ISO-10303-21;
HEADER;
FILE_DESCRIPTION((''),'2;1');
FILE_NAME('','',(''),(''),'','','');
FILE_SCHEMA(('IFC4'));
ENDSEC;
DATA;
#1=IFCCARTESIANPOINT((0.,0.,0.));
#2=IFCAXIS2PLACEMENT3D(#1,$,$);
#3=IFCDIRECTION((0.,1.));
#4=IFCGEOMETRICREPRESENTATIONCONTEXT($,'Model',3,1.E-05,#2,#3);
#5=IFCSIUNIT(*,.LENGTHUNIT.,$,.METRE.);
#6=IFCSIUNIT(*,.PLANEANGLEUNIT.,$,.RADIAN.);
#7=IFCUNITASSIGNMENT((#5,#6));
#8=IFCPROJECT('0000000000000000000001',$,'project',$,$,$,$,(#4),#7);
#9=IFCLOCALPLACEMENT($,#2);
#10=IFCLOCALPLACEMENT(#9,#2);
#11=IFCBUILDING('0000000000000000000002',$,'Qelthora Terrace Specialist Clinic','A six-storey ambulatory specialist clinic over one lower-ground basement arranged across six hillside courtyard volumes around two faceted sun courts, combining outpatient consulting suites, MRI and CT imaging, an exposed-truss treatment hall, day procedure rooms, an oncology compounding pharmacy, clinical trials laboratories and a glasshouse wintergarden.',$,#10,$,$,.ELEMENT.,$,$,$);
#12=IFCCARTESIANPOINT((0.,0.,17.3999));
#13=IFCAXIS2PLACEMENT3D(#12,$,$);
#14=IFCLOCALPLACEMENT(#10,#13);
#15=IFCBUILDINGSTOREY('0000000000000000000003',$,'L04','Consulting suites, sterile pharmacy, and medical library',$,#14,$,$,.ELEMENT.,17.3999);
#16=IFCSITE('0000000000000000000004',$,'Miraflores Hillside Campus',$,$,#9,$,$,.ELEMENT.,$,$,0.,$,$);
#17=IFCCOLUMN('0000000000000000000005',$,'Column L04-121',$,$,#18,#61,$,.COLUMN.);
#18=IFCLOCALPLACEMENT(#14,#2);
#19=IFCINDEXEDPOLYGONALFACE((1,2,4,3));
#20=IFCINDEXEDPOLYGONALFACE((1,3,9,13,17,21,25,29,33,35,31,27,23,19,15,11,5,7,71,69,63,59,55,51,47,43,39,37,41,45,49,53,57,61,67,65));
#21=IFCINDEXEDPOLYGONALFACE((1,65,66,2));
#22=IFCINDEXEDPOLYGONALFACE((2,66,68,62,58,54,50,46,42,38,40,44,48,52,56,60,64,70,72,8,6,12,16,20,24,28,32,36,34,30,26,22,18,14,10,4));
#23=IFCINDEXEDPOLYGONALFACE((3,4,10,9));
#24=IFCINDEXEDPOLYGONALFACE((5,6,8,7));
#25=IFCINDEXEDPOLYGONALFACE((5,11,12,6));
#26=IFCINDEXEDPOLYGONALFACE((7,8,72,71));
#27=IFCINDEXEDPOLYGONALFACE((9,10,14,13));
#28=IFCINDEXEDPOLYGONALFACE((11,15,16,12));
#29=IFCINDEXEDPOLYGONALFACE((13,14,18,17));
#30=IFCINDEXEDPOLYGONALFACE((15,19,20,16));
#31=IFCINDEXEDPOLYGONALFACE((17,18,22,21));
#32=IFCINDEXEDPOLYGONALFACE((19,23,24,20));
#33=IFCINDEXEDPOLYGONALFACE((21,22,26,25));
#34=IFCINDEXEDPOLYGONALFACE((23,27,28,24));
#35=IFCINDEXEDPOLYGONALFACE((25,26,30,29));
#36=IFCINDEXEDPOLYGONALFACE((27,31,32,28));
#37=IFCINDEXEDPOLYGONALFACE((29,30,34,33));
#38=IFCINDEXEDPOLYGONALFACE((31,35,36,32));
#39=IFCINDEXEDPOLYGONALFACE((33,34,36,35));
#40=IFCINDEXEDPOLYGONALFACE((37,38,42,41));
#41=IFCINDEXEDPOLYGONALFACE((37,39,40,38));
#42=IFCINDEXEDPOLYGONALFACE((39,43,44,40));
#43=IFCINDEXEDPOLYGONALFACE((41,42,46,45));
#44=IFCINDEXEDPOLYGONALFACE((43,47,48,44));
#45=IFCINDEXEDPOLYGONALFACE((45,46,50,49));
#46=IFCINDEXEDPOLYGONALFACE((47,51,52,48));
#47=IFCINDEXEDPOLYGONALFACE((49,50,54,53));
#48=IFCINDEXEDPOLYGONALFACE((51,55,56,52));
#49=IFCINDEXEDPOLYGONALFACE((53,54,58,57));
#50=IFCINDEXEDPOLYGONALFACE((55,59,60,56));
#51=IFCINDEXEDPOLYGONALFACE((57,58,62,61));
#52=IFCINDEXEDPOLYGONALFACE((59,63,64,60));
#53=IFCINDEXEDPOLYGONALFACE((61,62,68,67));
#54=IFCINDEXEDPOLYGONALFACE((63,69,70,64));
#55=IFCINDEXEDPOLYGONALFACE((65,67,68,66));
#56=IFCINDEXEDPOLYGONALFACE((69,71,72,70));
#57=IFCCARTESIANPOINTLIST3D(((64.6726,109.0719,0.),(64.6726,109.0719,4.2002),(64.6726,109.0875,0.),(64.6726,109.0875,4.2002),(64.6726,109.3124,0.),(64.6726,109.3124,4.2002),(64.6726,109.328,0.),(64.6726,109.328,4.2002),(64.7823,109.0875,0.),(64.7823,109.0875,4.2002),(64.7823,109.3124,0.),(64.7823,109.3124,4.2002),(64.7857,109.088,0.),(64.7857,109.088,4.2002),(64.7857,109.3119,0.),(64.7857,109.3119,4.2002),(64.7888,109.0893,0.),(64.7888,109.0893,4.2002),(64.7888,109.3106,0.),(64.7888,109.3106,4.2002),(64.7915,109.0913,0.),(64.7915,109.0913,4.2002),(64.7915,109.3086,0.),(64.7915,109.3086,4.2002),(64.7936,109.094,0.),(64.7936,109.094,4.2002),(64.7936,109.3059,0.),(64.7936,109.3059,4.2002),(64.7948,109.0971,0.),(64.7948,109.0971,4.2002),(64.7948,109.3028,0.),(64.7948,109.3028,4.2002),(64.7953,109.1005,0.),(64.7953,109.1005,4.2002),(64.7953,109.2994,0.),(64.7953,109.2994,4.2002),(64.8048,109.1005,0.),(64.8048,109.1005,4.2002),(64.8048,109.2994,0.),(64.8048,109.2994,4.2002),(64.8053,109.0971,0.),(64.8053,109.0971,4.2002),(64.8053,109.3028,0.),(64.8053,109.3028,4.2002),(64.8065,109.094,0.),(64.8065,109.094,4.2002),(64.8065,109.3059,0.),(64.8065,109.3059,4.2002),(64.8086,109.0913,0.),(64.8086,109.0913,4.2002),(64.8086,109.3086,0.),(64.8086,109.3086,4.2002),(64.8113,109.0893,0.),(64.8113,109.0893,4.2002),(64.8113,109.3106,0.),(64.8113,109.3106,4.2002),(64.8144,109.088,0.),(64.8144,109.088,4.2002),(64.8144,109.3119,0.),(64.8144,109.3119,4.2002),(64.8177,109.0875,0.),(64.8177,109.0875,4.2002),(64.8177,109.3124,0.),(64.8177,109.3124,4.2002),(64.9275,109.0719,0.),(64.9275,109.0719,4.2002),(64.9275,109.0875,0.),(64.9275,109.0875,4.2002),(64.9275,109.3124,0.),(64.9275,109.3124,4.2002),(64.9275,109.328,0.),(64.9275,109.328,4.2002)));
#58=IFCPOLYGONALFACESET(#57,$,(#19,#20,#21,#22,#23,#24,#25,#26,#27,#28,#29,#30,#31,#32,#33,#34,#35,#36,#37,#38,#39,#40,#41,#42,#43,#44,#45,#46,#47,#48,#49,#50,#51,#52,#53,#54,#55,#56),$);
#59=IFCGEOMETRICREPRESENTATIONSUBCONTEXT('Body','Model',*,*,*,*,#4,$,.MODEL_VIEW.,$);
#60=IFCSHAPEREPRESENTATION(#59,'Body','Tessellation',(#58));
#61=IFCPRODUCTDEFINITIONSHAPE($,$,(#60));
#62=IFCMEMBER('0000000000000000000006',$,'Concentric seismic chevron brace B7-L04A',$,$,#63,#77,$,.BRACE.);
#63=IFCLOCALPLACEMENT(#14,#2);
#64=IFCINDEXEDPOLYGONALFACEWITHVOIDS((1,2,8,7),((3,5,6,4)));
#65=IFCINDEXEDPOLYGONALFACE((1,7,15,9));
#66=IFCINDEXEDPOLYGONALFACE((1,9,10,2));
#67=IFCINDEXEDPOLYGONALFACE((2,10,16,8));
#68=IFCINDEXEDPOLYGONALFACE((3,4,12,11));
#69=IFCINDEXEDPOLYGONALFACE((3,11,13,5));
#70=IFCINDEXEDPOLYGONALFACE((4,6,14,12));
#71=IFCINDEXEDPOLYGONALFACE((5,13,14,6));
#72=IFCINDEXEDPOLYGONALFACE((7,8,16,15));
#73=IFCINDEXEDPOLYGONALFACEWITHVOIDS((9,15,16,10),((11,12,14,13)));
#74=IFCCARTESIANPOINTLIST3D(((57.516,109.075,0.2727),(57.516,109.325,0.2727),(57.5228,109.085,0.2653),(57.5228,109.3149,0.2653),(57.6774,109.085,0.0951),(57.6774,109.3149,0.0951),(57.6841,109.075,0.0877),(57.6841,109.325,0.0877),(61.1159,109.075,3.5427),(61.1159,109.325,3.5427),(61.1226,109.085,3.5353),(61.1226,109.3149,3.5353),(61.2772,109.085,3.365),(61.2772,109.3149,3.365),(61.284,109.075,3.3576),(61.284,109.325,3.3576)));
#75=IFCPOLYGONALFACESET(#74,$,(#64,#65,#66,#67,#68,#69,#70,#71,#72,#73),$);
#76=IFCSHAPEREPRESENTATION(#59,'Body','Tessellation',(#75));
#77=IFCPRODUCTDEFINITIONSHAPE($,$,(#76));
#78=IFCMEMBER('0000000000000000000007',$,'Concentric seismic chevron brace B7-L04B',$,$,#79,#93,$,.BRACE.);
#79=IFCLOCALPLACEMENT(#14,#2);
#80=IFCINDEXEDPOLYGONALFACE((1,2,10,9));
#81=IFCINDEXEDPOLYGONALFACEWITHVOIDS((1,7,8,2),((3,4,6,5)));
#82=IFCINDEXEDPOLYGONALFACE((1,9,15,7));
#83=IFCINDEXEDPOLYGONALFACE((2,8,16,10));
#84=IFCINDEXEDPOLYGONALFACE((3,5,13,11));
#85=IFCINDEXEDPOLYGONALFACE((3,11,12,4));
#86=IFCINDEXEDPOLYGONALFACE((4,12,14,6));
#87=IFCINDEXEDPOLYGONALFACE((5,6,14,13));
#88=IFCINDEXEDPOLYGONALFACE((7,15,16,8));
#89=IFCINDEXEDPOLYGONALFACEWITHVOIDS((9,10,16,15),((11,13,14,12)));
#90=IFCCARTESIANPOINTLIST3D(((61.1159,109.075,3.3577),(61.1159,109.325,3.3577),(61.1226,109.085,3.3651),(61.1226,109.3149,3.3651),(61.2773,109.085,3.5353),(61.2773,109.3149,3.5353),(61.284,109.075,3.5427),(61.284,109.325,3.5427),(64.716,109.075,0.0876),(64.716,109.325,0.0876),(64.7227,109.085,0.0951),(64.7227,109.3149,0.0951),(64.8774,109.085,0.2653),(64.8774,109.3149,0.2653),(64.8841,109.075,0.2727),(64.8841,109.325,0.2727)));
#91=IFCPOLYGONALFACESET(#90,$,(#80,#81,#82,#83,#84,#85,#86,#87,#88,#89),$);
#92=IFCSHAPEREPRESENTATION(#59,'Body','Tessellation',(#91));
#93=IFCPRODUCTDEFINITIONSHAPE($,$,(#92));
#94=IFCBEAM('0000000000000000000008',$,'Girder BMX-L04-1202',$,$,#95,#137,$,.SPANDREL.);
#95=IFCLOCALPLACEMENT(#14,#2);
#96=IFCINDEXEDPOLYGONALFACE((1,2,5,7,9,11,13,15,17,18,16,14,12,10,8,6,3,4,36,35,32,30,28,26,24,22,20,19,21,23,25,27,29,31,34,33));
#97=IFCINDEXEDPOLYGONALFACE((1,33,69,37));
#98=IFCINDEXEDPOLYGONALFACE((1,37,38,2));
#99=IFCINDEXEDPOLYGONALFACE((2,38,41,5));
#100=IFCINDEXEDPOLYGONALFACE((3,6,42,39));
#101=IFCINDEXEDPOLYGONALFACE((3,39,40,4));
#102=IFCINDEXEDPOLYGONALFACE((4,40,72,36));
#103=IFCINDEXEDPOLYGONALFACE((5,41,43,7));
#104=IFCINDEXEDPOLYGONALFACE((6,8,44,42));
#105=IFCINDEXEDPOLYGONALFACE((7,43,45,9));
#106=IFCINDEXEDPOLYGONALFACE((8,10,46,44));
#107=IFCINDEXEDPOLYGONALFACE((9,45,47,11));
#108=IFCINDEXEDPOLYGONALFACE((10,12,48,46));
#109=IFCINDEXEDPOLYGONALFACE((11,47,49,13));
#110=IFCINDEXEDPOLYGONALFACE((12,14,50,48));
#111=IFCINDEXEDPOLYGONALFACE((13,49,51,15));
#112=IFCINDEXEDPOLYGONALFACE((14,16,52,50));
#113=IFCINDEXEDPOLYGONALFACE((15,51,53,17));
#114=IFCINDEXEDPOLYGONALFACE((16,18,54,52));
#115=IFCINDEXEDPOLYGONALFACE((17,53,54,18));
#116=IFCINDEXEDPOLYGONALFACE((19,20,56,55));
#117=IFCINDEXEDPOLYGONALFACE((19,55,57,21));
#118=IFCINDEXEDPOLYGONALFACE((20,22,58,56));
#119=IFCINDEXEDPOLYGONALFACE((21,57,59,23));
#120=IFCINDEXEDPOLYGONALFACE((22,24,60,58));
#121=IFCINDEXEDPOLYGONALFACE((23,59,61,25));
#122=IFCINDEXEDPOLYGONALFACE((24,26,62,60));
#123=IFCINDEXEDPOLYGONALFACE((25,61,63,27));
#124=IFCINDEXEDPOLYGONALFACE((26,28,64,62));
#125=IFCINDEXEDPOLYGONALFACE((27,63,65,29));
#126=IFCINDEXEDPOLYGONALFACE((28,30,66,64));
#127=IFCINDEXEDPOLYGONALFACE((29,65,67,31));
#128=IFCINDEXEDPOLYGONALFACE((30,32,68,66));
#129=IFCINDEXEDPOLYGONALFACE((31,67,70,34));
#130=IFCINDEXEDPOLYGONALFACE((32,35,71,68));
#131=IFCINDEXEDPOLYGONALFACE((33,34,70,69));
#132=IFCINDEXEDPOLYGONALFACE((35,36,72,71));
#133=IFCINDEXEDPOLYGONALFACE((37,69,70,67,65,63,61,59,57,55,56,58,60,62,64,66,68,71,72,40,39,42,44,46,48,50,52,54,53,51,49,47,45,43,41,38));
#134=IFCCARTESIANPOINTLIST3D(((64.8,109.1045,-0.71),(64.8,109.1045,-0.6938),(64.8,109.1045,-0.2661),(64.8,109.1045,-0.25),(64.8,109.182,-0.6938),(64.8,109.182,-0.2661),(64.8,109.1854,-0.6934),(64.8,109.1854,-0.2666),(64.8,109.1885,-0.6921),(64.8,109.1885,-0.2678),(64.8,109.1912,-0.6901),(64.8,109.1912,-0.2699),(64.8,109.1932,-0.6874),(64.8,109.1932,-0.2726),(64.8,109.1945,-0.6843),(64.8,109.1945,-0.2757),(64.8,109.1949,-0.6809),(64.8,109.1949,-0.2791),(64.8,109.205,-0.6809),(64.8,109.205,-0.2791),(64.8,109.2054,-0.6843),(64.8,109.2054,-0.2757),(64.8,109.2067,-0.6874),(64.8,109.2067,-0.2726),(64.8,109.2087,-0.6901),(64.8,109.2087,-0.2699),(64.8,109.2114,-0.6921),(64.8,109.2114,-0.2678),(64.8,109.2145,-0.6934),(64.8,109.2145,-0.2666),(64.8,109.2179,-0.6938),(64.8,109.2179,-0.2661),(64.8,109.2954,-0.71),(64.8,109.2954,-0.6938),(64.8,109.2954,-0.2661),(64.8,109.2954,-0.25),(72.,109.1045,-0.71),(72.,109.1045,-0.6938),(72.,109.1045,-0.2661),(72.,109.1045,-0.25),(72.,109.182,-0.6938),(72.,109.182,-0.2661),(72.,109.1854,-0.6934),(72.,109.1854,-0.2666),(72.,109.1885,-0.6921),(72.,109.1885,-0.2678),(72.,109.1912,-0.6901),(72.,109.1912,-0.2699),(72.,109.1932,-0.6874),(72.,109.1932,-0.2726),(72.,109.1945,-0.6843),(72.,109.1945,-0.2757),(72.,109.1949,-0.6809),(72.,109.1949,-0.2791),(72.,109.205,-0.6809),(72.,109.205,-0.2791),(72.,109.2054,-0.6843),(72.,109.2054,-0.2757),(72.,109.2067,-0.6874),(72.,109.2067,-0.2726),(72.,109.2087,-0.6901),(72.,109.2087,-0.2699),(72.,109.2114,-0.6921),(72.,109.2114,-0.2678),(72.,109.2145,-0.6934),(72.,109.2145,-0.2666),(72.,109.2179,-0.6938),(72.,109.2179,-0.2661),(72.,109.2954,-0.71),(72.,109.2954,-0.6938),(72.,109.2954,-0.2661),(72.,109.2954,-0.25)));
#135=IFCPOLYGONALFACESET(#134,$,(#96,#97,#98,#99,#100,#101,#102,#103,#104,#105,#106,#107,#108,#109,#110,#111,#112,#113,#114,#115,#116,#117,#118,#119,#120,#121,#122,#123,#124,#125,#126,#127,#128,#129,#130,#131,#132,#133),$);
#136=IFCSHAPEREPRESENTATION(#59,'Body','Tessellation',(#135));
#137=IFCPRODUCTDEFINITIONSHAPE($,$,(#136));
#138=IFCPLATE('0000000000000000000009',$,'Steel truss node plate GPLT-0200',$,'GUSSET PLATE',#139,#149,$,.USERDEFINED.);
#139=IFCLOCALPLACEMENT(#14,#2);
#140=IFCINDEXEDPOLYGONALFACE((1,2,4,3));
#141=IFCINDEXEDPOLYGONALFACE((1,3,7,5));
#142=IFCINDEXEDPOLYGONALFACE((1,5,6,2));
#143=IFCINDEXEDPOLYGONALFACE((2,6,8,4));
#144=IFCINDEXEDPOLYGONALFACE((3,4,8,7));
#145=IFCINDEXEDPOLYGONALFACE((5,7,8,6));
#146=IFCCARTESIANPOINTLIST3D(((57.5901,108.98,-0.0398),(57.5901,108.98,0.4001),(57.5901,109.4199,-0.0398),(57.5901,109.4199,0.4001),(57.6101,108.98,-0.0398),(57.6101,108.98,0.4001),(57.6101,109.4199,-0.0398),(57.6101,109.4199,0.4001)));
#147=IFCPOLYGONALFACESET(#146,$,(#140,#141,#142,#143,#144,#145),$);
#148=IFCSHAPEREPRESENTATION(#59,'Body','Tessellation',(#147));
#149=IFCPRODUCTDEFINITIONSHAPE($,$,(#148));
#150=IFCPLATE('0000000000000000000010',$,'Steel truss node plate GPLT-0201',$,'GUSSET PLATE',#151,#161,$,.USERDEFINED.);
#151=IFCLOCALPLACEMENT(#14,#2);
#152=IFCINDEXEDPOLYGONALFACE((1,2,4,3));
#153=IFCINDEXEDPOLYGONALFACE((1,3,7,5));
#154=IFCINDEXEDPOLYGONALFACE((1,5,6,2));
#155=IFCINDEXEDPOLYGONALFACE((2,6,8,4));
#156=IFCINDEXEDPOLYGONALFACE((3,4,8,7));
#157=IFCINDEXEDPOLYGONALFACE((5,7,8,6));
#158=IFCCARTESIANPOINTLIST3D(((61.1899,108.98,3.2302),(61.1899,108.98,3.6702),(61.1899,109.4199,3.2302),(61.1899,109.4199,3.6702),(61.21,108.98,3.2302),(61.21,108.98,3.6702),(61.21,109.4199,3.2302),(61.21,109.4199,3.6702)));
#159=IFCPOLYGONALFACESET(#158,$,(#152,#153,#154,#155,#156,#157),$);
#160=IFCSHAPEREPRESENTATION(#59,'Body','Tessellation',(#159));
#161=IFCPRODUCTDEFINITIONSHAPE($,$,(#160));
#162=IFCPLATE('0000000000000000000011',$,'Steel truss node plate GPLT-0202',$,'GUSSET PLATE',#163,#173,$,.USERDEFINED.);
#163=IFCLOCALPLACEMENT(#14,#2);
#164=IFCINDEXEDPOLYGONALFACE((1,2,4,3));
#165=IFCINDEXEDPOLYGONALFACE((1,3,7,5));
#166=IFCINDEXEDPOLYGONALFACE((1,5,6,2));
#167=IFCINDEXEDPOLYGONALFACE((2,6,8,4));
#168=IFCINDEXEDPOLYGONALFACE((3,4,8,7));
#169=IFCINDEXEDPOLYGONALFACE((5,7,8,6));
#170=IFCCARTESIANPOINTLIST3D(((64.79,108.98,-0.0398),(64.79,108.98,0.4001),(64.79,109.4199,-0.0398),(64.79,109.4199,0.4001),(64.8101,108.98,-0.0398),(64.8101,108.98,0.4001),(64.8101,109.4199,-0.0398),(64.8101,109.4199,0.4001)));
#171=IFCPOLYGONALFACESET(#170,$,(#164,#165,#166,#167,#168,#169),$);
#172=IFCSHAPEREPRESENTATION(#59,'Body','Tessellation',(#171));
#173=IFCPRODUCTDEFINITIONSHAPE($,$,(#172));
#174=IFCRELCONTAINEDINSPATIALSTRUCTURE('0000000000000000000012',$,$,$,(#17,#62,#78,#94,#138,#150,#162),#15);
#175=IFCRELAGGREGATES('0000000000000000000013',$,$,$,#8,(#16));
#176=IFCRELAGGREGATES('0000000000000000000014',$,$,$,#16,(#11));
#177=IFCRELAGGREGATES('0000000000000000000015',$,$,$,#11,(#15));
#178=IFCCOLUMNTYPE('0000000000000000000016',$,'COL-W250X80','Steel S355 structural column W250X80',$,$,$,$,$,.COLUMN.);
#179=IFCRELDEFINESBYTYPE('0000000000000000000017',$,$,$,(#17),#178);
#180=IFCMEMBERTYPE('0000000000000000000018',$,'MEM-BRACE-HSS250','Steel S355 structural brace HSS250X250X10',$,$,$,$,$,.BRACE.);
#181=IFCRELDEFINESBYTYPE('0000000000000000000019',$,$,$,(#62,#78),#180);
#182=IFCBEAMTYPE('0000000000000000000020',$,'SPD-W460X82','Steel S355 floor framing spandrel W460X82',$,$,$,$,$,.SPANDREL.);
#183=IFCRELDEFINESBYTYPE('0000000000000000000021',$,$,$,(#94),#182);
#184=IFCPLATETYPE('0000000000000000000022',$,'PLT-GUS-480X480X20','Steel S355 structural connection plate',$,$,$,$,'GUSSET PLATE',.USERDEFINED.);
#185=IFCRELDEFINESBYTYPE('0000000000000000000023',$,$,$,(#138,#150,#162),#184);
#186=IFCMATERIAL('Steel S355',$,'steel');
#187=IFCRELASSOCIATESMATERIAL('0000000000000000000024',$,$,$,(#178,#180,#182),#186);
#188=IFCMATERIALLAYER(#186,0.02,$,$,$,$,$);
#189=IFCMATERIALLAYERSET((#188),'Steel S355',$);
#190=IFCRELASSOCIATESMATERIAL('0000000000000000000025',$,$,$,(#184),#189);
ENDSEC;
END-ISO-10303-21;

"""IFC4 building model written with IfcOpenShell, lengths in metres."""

from ifc_helpers import new_model, si_unit, direction, frame, origin, origin_2d, place, context, subcontext, project, spatial, rectangle, hollow_rectangle, i_section, extrude, material, layer, layer_set, material_profile, profile_set, type_object, element, save


model = new_model("IFC4")

# Units and contexts
model_context = context("Model", 3, precision=1e-05, world=origin(), true_north=direction((0.0, 1.0)))
body_context = subcontext(model_context, "Body", "Model", "MODEL_VIEW")
ifc_project = project(units=[si_unit("LENGTHUNIT", "METRE"), si_unit("PLANEANGLEUNIT", "RADIAN")], contexts=[model_context])

# Site, building, storey
site_placement = place(None, origin())
site = spatial("IfcSite", under=ifc_project, at=site_placement, Name="Miraflores Hillside Campus", CompositionType="ELEMENT", RefElevation=0.0)
building_placement = place(site_placement, origin())
building = spatial("IfcBuilding", under=site, at=building_placement, Name="Qelthora Terrace Specialist Clinic", Description="A six-storey ambulatory specialist clinic over one lower-ground basement arranged across six hillside courtyard volumes around two faceted sun courts, combining outpatient consulting suites, MRI and CT imaging, an exposed-truss treatment hall, day procedure rooms, an oncology compounding pharmacy, clinical trials laboratories and a glasshouse wintergarden.", CompositionType="ELEMENT")
storey_placement = place(building_placement, frame((0.0, 0.0, 17.3999)))
storey = spatial("IfcBuildingStorey", under=building, at=storey_placement, Name="L04", Description="Consulting suites, sterile pharmacy, and medical library", CompositionType="ELEMENT", Elevation=17.3999)

# Column
ifc_material_1 = material(Name="Steel S355", Category="steel")
ifc_material_profile_1 = material_profile(ifc_material_1, i_section(OverallWidth=0.2549, OverallDepth=0.2561, WebThickness=0.0095, FlangeThickness=0.0156, FilletRadius=0.0129, at=origin_2d()), Name="W250X80")
ifc_profile_set_1 = profile_set([ifc_material_profile_1], Name="Steel S355")
column_type = type_object("IfcColumnType", Name="COL-W250X80", Description="Steel S355 structural column W250X80", PredefinedType="COLUMN", material=ifc_profile_set_1)
column_placement = place(storey_placement, frame((64.8, 109.2, 0.0), z_axis=(0.0, 0.0, 1.0), x_axis=(1.0, 0.0, 0.0)))
element("IfcColumn", 1, at=column_placement, inside=storey, type_object=column_type, Name="Column L04-121", PredefinedType="COLUMN", context=body_context, shape_type="SweptSolid", body=[
    extrude(i_section(OverallWidth=0.2549, OverallDepth=0.2561, WebThickness=0.0095, FlangeThickness=0.0156, FilletRadius=0.0129, at=origin_2d()), origin(), (0.0, 0.0, 1.0), 4.2002),
])

# Members
ifc_material_profile_2 = material_profile(ifc_material_1, hollow_rectangle(XDim=0.25, YDim=0.25, WallThickness=0.01, at=origin_2d()), Name="HSS250X250X10")
ifc_profile_set_2 = profile_set([ifc_material_profile_2], Name="Steel S355")
member_type = type_object("IfcMemberType", Name="MEM-BRACE-HSS250", Description="Steel S355 structural brace HSS250X250X10", PredefinedType="BRACE", material=ifc_profile_set_2)
member_1_placement = place(storey_placement, frame((57.6001, 109.2, 0.1802), z_axis=(0.740204, 0.0, 0.672383), x_axis=(0.0, 1.0, 0.0)))
element("IfcMember", 2, at=member_1_placement, inside=storey, type_object=member_type, Name="Concentric seismic chevron brace B7-L04A", PredefinedType="BRACE", context=body_context, shape_type="SweptSolid", body=[
    extrude(hollow_rectangle(XDim=0.25, YDim=0.25, WallThickness=0.01, at=origin_2d()), origin(), (0.0, 0.0, 1.0), 4.8633),
])
member_2_placement = place(storey_placement, frame((64.8, 109.2, 0.1802), z_axis=(-0.740226, 0.0, 0.672358), x_axis=(0.0, -1.0, 0.0)))
element("IfcMember", 3, at=member_2_placement, inside=storey, type_object=member_type, Name="Concentric seismic chevron brace B7-L04B", PredefinedType="BRACE", context=body_context, shape_type="SweptSolid", body=[
    extrude(hollow_rectangle(XDim=0.25, YDim=0.25, WallThickness=0.01, at=origin_2d()), origin(), (0.0, 0.0, 1.0), 4.8635),
])

# Beam
ifc_material_profile_3 = material_profile(ifc_material_1, i_section(OverallWidth=0.1909, OverallDepth=0.46, WebThickness=0.01, FlangeThickness=0.0161, FilletRadius=0.0129, at=origin_2d()), Name="W460X82")
ifc_profile_set_3 = profile_set([ifc_material_profile_3], Name="Steel S355")
beam_type = type_object("IfcBeamType", Name="SPD-W460X82", Description="Steel S355 floor framing spandrel W460X82", PredefinedType="SPANDREL", material=ifc_profile_set_3)
beam_placement = place(storey_placement, frame((64.8, 109.2, -0.48), z_axis=(1.0, 0.0, 0.0), x_axis=(0.0, 1.0, 0.0)))
element("IfcBeam", 4, at=beam_placement, inside=storey, type_object=beam_type, Name="Girder BMX-L04-1202", PredefinedType="SPANDREL", context=body_context, shape_type="SweptSolid", body=[
    extrude(i_section(OverallWidth=0.1909, OverallDepth=0.46, WebThickness=0.01, FlangeThickness=0.0161, FilletRadius=0.0129, at=origin_2d()), origin(), (0.0, 0.0, 1.0), 7.2),
])

# Plates
ifc_layer_1 = layer(ifc_material_1, 0.02)
ifc_layer_set_1 = layer_set([ifc_layer_1], Name="Steel S355")
plate_type = type_object("IfcPlateType", Name="PLT-GUS-480X480X20", Description="Steel S355 structural connection plate", ElementType="GUSSET PLATE", PredefinedType="USERDEFINED", material=ifc_layer_set_1)
for number, where, z_axis, x_axis, name in (
    (5, (57.6001, 109.2, -0.0398), (0.0, 0.0, 1.0), (1.0, 0.0, 0.0), "Steel truss node plate GPLT-0200"),
    (6, (61.2, 109.2, 3.2302), (0.0, 0.0, 1.0), (1.0, 0.0, 0.0), "Steel truss node plate GPLT-0201"),
    (7, (64.8, 109.2, -0.0398), (0.0, 0.0, 1.0), (1.0, 0.0, 0.0), "Steel truss node plate GPLT-0202"),
):
    element("IfcPlate", number, at=place(storey_placement, frame(where, z_axis=z_axis, x_axis=x_axis)), inside=storey, type_object=plate_type, Name=name, ObjectType="GUSSET PLATE", PredefinedType="USERDEFINED", context=body_context, shape_type="SweptSolid", body=[
        extrude(rectangle(XDim=0.02, YDim=0.4399, at=origin_2d()), origin(), (0.0, 0.0, 1.0), 0.4399),
    ])

save(model, "model.ifc")
